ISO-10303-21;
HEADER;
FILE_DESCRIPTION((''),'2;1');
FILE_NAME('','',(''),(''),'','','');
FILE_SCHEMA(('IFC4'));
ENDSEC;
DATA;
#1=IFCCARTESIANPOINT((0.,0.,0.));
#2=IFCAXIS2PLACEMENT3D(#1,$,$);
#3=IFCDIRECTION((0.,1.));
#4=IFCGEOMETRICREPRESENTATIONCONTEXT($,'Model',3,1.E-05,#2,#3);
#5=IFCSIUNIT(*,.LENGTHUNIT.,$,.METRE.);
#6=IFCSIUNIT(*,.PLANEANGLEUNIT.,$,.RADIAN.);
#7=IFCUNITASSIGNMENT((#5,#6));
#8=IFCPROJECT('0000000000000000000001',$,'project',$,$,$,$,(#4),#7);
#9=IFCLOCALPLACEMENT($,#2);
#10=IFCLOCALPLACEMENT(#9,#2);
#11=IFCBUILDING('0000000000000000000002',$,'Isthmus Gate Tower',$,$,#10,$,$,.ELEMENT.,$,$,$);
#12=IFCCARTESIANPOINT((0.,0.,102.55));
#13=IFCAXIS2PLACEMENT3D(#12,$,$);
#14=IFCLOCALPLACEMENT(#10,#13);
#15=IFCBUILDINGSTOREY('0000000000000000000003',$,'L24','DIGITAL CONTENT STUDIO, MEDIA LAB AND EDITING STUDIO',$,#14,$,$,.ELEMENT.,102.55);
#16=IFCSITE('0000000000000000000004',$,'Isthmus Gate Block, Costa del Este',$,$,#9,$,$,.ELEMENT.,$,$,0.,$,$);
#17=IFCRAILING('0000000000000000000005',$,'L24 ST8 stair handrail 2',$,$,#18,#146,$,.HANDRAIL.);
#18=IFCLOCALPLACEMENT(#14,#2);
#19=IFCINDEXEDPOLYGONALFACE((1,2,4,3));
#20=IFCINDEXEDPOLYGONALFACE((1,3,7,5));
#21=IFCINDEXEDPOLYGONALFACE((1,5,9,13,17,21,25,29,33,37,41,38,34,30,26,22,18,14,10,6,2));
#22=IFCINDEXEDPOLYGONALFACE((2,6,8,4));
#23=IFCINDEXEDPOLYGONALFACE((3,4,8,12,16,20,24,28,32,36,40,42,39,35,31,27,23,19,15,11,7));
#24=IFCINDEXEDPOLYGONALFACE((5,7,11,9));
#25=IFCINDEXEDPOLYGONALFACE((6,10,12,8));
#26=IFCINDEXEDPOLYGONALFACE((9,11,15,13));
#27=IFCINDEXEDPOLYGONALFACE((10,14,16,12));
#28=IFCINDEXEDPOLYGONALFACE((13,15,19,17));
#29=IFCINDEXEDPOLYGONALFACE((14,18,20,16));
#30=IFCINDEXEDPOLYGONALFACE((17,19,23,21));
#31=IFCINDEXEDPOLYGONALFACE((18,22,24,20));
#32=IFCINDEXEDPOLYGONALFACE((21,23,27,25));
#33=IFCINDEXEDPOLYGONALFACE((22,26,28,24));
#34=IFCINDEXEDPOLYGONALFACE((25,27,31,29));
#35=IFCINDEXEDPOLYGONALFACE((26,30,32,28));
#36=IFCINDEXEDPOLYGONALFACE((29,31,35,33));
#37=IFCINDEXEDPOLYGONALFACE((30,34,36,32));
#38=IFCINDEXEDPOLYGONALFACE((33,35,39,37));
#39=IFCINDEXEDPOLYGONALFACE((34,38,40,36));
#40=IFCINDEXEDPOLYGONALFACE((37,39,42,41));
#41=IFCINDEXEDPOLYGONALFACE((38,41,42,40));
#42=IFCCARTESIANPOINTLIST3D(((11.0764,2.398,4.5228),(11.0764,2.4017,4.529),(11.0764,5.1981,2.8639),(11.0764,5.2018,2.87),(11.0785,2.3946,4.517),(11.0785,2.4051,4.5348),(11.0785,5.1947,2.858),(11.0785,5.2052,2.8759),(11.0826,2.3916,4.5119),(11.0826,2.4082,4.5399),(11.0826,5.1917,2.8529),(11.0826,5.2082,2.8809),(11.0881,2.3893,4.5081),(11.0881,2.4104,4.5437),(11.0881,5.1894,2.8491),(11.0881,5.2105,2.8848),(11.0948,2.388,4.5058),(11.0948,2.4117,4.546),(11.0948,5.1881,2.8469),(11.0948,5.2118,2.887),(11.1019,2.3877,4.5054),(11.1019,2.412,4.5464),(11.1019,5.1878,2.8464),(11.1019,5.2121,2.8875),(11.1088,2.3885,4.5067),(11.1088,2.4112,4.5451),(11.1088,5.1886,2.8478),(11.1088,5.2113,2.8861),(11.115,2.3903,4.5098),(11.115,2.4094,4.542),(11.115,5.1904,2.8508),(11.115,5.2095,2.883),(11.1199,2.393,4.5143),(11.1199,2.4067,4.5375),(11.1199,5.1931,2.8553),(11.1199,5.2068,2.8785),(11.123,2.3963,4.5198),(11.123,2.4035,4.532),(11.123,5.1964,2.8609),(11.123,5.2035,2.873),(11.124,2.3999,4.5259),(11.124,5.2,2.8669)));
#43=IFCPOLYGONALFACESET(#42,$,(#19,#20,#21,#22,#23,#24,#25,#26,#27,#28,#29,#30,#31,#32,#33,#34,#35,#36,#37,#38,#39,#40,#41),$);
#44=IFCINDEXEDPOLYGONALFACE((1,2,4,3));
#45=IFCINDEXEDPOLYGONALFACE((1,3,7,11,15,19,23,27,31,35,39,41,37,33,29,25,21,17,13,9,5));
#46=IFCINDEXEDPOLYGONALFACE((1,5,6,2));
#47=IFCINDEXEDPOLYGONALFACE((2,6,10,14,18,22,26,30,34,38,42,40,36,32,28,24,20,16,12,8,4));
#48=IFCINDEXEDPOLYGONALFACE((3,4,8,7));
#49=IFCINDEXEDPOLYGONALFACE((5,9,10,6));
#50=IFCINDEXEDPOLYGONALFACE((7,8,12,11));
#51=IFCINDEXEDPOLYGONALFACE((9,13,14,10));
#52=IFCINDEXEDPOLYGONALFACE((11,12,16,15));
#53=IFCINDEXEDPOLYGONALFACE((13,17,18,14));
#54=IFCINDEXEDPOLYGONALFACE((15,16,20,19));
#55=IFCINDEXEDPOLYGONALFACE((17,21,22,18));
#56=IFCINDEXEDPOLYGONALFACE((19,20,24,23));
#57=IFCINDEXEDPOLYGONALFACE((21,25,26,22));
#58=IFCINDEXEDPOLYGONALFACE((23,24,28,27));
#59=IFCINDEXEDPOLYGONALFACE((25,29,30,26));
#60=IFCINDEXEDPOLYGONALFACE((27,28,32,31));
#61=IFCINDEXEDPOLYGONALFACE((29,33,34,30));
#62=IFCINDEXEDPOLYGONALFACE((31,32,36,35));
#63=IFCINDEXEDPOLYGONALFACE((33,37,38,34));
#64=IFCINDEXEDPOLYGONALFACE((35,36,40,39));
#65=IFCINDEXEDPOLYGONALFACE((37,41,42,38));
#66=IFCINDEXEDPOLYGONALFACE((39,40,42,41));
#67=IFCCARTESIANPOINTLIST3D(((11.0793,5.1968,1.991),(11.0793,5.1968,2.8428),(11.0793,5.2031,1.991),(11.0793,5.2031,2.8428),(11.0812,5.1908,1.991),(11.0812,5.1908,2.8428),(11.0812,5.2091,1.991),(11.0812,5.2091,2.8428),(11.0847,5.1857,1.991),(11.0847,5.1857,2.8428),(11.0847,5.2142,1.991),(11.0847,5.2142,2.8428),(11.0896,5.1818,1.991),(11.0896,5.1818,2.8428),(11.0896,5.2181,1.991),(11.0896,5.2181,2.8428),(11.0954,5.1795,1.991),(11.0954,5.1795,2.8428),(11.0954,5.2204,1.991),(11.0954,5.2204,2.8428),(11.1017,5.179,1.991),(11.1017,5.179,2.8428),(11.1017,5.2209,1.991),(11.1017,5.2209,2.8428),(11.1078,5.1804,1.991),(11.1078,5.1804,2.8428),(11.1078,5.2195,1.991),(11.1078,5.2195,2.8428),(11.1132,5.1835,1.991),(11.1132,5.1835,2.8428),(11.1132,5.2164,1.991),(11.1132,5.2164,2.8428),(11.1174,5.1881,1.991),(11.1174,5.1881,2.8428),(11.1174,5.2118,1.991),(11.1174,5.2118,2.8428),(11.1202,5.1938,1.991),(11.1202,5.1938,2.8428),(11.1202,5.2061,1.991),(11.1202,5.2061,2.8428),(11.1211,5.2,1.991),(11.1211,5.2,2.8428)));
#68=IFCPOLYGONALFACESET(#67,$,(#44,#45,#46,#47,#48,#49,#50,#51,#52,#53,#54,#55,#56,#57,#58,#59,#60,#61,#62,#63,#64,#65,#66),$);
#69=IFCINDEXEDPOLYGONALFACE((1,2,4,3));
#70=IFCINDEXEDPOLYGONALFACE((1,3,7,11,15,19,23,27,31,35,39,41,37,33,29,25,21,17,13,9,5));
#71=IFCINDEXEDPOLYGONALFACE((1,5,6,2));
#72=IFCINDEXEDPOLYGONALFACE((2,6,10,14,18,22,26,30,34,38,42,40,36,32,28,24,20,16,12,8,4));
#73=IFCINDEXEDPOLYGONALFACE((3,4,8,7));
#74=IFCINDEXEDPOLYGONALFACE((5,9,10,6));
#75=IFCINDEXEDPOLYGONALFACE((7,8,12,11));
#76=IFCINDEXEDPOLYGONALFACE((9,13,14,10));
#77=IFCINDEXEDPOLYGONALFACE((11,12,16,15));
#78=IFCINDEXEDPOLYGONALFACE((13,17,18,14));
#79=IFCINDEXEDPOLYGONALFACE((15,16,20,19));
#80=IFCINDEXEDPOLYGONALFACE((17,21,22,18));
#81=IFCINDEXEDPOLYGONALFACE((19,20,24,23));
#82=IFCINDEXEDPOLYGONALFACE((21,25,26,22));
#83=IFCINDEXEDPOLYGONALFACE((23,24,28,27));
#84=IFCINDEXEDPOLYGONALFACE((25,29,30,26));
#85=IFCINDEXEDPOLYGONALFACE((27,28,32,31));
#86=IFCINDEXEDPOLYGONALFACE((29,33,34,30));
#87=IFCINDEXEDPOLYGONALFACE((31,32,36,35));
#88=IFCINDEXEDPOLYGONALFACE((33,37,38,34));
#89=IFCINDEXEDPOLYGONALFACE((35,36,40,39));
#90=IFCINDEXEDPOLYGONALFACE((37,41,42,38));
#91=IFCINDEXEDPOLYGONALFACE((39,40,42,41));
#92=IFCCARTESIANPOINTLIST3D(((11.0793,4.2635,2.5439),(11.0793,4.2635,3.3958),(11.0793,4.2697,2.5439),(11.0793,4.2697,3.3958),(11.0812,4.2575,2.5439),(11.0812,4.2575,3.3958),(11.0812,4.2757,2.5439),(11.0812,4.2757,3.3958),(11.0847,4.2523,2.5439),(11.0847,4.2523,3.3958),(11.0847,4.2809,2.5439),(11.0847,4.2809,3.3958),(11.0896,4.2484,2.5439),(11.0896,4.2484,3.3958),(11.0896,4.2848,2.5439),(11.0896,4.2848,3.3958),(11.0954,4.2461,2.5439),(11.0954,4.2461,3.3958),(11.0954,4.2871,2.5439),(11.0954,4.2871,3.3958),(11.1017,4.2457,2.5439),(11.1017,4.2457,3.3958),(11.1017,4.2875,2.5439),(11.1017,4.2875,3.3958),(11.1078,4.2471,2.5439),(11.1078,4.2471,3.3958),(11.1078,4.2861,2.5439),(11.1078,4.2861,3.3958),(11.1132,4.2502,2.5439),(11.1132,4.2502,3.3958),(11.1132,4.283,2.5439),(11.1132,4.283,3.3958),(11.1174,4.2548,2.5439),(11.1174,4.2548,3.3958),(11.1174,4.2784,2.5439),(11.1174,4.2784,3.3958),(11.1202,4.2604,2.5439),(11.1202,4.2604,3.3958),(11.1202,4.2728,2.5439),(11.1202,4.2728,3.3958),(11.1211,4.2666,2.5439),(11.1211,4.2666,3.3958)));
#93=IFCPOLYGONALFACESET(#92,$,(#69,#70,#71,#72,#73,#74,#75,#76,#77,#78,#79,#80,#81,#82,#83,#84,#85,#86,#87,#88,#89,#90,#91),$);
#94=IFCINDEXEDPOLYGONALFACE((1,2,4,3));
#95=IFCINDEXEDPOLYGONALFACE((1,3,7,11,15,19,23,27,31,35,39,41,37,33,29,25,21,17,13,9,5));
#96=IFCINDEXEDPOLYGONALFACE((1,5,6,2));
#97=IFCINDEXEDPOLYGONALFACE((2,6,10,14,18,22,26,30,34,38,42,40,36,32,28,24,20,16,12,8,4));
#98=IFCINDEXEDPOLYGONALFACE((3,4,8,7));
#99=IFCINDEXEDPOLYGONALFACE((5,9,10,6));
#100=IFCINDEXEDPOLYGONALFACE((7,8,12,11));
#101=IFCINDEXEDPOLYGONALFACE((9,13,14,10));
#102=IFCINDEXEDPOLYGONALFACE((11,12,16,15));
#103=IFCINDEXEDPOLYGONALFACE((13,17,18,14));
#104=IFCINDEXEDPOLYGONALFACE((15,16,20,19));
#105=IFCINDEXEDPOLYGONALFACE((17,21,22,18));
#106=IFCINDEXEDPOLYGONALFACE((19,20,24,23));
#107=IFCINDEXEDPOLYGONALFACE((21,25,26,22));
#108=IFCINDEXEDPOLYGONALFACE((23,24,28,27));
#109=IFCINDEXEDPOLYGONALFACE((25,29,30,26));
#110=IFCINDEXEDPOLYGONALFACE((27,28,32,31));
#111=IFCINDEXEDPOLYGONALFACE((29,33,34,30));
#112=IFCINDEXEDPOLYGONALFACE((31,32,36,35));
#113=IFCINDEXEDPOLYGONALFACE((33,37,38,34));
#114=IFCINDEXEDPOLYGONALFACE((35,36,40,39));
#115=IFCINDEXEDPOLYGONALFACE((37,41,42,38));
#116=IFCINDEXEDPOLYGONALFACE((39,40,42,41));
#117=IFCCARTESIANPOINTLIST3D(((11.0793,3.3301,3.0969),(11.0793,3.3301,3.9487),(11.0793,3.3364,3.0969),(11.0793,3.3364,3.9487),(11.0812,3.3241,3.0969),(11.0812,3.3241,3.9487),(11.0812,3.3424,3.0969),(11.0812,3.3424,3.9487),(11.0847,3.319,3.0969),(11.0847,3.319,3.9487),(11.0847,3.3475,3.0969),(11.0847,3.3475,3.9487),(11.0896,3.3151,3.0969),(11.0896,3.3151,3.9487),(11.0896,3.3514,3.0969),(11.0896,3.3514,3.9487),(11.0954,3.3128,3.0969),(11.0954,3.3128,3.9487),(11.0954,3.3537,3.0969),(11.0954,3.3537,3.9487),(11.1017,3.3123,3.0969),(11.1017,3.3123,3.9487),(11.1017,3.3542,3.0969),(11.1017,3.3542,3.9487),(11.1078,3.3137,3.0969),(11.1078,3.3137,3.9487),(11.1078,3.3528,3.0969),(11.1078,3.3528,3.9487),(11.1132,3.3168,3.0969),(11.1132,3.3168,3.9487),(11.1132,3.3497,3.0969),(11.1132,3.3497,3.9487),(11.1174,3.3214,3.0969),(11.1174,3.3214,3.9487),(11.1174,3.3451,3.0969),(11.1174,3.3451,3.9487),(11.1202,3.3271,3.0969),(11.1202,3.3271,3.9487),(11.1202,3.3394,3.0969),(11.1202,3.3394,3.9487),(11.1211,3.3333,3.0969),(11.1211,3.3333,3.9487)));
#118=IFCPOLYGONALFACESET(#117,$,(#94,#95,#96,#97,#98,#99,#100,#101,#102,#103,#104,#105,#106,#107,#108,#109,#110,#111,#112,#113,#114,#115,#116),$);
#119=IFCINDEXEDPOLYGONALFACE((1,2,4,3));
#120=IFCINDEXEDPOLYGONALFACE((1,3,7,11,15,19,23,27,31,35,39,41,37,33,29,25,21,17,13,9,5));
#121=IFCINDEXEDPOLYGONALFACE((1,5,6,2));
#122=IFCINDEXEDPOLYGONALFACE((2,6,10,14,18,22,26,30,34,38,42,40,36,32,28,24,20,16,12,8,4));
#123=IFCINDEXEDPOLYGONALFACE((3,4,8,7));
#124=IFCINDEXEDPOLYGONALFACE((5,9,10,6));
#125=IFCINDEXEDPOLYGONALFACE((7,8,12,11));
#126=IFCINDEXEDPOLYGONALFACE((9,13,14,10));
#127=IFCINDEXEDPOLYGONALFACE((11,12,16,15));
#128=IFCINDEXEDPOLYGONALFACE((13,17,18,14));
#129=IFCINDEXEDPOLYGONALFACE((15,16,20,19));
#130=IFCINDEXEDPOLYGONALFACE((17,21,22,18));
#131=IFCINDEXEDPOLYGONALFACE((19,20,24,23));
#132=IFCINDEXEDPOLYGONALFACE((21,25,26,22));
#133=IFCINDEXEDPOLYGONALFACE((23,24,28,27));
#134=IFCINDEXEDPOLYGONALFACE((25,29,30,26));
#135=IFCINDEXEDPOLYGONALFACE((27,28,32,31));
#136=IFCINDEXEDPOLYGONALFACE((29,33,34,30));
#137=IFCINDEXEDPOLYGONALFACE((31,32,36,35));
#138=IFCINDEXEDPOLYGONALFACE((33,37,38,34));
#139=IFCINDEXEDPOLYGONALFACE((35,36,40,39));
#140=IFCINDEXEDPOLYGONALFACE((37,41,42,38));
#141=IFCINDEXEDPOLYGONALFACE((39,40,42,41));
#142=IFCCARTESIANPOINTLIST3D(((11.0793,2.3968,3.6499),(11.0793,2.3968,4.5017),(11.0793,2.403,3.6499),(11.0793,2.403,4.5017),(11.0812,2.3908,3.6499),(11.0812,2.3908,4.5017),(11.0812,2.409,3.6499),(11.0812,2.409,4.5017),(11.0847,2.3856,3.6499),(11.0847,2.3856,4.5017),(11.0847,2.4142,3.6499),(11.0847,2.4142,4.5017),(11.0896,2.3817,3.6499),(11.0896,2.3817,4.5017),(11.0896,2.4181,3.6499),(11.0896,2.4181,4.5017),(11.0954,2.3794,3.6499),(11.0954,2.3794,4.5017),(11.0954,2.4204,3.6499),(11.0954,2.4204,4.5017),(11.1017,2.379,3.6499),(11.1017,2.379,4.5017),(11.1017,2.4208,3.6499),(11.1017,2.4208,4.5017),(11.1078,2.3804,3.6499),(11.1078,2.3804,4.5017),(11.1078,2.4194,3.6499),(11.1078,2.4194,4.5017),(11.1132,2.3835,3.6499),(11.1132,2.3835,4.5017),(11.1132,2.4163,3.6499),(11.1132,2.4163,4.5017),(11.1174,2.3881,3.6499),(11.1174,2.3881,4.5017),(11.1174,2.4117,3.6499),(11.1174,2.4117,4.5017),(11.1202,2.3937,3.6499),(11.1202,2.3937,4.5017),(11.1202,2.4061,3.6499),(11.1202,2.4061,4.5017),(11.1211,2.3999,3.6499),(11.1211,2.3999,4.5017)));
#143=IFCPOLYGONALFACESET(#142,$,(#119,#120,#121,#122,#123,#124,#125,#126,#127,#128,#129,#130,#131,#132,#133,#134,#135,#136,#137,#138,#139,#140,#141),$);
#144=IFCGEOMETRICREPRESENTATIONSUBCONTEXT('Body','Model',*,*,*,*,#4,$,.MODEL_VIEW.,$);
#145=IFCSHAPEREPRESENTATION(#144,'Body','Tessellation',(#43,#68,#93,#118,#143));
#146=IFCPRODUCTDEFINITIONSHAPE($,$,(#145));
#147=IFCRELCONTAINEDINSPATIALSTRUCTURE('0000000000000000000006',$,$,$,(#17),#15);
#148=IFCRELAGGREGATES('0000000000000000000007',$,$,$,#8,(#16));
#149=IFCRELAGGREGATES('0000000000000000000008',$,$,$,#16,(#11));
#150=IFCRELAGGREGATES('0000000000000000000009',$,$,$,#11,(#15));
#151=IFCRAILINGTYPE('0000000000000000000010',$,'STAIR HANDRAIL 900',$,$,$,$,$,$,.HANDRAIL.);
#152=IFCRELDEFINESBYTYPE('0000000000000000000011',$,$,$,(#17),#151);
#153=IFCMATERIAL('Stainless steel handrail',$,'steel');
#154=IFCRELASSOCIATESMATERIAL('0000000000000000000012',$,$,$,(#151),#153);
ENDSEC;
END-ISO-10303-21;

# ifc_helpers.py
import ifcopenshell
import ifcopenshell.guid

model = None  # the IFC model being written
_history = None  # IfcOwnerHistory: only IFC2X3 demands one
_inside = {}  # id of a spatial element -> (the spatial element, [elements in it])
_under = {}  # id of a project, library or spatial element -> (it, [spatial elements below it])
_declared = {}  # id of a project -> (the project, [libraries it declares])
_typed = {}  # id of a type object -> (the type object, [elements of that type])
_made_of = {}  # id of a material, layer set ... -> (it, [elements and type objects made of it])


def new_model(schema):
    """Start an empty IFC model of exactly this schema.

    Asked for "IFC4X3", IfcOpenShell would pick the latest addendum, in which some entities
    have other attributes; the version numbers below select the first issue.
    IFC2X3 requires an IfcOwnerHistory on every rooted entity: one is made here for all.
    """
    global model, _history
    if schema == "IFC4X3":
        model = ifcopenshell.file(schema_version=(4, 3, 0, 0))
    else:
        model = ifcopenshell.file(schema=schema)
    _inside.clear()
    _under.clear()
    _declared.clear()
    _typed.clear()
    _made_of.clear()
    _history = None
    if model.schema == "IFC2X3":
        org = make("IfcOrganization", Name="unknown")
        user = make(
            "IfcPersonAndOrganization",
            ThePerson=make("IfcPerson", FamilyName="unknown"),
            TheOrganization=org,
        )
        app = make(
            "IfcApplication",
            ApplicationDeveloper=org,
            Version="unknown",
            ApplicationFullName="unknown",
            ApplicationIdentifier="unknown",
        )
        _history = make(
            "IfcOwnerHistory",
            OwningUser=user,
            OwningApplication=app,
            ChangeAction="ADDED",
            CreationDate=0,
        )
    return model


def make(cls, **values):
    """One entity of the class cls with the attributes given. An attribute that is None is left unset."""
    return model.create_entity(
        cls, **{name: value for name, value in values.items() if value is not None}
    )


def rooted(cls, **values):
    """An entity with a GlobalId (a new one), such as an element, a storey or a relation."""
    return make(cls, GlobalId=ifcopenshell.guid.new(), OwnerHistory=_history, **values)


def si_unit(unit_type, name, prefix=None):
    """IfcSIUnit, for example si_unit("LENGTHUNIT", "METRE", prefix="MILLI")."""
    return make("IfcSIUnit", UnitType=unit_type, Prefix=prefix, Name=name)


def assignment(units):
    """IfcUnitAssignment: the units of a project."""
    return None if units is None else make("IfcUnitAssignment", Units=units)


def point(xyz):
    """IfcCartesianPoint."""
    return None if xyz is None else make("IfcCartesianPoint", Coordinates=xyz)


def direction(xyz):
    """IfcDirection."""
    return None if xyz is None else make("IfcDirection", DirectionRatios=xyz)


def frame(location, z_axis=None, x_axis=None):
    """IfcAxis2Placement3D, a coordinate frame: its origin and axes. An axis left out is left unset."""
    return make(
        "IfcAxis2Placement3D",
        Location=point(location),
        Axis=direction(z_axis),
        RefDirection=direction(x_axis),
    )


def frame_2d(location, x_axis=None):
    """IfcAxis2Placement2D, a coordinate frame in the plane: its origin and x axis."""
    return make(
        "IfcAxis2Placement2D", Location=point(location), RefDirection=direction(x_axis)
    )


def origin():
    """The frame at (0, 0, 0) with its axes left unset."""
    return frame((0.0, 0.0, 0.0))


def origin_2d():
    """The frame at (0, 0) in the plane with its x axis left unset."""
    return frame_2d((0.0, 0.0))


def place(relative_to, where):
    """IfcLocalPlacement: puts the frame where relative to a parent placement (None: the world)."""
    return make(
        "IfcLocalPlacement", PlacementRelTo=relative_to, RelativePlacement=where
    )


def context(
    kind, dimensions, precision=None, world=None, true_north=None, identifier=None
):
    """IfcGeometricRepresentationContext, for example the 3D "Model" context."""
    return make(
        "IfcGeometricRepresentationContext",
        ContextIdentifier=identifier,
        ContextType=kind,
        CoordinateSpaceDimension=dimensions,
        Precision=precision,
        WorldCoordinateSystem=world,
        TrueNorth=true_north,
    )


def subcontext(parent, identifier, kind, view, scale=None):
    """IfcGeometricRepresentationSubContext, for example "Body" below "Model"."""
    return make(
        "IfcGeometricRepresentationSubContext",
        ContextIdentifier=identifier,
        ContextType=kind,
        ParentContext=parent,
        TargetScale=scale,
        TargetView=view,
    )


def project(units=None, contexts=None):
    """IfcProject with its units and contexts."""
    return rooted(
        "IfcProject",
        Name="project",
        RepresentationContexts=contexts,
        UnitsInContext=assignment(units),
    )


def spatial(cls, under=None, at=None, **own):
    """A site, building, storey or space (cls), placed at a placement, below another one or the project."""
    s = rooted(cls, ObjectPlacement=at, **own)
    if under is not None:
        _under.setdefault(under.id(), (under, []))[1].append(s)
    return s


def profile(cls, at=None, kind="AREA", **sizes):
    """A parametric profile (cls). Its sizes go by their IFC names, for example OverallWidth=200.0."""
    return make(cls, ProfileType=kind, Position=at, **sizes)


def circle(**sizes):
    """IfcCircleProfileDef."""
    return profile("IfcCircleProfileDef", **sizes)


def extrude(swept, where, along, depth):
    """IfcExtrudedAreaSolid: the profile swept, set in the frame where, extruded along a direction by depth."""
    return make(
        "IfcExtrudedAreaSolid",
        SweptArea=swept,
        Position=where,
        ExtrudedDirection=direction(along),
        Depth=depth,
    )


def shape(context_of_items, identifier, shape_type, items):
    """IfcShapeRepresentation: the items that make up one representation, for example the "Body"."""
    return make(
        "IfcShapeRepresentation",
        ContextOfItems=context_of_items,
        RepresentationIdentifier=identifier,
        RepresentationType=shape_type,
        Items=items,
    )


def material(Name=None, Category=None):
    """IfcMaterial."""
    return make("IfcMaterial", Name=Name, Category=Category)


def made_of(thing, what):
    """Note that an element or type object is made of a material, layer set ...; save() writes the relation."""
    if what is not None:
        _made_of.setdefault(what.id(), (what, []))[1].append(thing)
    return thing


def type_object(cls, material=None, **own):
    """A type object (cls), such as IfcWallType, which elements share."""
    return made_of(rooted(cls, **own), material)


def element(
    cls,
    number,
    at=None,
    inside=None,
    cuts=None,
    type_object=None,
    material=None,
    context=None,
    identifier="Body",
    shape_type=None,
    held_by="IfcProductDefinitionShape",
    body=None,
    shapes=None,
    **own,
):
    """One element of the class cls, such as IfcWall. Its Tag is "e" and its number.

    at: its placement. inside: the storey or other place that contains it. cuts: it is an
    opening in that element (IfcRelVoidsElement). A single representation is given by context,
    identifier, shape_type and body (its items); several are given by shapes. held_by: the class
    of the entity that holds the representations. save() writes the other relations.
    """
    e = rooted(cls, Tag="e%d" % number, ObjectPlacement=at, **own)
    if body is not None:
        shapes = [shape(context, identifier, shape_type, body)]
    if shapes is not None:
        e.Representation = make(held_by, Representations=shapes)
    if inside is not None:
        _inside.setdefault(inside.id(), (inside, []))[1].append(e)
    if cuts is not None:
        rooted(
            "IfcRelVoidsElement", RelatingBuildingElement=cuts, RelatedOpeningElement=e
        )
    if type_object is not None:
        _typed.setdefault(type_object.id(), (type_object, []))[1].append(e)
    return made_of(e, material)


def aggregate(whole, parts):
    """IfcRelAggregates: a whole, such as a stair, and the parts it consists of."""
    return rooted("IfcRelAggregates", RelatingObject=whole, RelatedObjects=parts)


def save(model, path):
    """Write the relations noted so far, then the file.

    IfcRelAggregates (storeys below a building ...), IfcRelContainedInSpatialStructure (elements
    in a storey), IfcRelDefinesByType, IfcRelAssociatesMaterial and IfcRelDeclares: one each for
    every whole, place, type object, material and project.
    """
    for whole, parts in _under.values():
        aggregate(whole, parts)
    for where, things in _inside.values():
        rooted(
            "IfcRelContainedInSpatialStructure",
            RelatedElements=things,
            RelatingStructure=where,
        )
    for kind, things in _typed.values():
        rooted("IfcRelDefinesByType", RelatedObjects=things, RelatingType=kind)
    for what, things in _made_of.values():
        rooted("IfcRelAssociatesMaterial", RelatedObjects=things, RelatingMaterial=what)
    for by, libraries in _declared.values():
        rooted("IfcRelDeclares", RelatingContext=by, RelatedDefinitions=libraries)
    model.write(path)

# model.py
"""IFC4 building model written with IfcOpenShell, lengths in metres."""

from ifc_helpers import new_model, si_unit, direction, frame, origin, origin_2d, place, context, subcontext, project, spatial, circle, extrude, material, type_object, element, save


model = new_model("IFC4")

# Units and contexts
model_context = context("Model", 3, precision=1e-05, world=origin(), true_north=direction((0.0, 1.0)))
body_context = subcontext(model_context, "Body", "Model", "MODEL_VIEW")
ifc_project = project(units=[si_unit("LENGTHUNIT", "METRE"), si_unit("PLANEANGLEUNIT", "RADIAN")], contexts=[model_context])

# Site, building, storey
site_placement = place(None, origin())
site = spatial("IfcSite", under=ifc_project, at=site_placement, Name="Isthmus Gate Block, Costa del Este", CompositionType="ELEMENT", RefElevation=0.0)
building_placement = place(site_placement, origin())
building = spatial("IfcBuilding", under=site, at=building_placement, Name="Isthmus Gate Tower", CompositionType="ELEMENT")
storey_placement = place(building_placement, frame((0.0, 0.0, 102.55)))
storey = spatial("IfcBuildingStorey", under=building, at=storey_placement, Name="L24", Description="DIGITAL CONTENT STUDIO, MEDIA LAB AND EDITING STUDIO", CompositionType="ELEMENT", Elevation=102.55)

# Railing
ifc_material_1 = material(Name="Stainless steel handrail", Category="steel")
railing_type_1 = type_object("IfcRailingType", Name="STAIR HANDRAIL 900", PredefinedType="HANDRAIL", material=ifc_material_1)
railing_1_placement = place(storey_placement, frame((11.1001, 5.2, 1.991)))
element("IfcRailing", 1, at=railing_1_placement, inside=storey, type_object=railing_type_1, Name="L24 ST8 stair handrail 2", PredefinedType="HANDRAIL", context=body_context, shape_type="SweptSolid", body=[
    extrude(circle(Radius=0.0239, at=origin_2d()), frame((0.0, 0.0, 0.876), z_axis=(0.0, -0.860339, 0.509722), x_axis=(1.0, 0.0, 0.0)), (0.0, 0.0, 1.0), 3.2546),
    extrude(circle(Radius=0.021, at=origin_2d()), origin(), (0.0, 0.0, 1.0), 0.8518),
    extrude(circle(Radius=0.021, at=origin_2d()), frame((0.0, -0.9333, 0.553)), (0.0, 0.0, 1.0), 0.8518),
    extrude(circle(Radius=0.021, at=origin_2d()), frame((0.0, -1.8667, 1.106)), (0.0, 0.0, 1.0), 0.8518),
    extrude(circle(Radius=0.021, at=origin_2d()), frame((0.0, -2.8, 1.6589)), (0.0, 0.0, 1.0), 0.8518),
])

save(model, "model.ifc")
